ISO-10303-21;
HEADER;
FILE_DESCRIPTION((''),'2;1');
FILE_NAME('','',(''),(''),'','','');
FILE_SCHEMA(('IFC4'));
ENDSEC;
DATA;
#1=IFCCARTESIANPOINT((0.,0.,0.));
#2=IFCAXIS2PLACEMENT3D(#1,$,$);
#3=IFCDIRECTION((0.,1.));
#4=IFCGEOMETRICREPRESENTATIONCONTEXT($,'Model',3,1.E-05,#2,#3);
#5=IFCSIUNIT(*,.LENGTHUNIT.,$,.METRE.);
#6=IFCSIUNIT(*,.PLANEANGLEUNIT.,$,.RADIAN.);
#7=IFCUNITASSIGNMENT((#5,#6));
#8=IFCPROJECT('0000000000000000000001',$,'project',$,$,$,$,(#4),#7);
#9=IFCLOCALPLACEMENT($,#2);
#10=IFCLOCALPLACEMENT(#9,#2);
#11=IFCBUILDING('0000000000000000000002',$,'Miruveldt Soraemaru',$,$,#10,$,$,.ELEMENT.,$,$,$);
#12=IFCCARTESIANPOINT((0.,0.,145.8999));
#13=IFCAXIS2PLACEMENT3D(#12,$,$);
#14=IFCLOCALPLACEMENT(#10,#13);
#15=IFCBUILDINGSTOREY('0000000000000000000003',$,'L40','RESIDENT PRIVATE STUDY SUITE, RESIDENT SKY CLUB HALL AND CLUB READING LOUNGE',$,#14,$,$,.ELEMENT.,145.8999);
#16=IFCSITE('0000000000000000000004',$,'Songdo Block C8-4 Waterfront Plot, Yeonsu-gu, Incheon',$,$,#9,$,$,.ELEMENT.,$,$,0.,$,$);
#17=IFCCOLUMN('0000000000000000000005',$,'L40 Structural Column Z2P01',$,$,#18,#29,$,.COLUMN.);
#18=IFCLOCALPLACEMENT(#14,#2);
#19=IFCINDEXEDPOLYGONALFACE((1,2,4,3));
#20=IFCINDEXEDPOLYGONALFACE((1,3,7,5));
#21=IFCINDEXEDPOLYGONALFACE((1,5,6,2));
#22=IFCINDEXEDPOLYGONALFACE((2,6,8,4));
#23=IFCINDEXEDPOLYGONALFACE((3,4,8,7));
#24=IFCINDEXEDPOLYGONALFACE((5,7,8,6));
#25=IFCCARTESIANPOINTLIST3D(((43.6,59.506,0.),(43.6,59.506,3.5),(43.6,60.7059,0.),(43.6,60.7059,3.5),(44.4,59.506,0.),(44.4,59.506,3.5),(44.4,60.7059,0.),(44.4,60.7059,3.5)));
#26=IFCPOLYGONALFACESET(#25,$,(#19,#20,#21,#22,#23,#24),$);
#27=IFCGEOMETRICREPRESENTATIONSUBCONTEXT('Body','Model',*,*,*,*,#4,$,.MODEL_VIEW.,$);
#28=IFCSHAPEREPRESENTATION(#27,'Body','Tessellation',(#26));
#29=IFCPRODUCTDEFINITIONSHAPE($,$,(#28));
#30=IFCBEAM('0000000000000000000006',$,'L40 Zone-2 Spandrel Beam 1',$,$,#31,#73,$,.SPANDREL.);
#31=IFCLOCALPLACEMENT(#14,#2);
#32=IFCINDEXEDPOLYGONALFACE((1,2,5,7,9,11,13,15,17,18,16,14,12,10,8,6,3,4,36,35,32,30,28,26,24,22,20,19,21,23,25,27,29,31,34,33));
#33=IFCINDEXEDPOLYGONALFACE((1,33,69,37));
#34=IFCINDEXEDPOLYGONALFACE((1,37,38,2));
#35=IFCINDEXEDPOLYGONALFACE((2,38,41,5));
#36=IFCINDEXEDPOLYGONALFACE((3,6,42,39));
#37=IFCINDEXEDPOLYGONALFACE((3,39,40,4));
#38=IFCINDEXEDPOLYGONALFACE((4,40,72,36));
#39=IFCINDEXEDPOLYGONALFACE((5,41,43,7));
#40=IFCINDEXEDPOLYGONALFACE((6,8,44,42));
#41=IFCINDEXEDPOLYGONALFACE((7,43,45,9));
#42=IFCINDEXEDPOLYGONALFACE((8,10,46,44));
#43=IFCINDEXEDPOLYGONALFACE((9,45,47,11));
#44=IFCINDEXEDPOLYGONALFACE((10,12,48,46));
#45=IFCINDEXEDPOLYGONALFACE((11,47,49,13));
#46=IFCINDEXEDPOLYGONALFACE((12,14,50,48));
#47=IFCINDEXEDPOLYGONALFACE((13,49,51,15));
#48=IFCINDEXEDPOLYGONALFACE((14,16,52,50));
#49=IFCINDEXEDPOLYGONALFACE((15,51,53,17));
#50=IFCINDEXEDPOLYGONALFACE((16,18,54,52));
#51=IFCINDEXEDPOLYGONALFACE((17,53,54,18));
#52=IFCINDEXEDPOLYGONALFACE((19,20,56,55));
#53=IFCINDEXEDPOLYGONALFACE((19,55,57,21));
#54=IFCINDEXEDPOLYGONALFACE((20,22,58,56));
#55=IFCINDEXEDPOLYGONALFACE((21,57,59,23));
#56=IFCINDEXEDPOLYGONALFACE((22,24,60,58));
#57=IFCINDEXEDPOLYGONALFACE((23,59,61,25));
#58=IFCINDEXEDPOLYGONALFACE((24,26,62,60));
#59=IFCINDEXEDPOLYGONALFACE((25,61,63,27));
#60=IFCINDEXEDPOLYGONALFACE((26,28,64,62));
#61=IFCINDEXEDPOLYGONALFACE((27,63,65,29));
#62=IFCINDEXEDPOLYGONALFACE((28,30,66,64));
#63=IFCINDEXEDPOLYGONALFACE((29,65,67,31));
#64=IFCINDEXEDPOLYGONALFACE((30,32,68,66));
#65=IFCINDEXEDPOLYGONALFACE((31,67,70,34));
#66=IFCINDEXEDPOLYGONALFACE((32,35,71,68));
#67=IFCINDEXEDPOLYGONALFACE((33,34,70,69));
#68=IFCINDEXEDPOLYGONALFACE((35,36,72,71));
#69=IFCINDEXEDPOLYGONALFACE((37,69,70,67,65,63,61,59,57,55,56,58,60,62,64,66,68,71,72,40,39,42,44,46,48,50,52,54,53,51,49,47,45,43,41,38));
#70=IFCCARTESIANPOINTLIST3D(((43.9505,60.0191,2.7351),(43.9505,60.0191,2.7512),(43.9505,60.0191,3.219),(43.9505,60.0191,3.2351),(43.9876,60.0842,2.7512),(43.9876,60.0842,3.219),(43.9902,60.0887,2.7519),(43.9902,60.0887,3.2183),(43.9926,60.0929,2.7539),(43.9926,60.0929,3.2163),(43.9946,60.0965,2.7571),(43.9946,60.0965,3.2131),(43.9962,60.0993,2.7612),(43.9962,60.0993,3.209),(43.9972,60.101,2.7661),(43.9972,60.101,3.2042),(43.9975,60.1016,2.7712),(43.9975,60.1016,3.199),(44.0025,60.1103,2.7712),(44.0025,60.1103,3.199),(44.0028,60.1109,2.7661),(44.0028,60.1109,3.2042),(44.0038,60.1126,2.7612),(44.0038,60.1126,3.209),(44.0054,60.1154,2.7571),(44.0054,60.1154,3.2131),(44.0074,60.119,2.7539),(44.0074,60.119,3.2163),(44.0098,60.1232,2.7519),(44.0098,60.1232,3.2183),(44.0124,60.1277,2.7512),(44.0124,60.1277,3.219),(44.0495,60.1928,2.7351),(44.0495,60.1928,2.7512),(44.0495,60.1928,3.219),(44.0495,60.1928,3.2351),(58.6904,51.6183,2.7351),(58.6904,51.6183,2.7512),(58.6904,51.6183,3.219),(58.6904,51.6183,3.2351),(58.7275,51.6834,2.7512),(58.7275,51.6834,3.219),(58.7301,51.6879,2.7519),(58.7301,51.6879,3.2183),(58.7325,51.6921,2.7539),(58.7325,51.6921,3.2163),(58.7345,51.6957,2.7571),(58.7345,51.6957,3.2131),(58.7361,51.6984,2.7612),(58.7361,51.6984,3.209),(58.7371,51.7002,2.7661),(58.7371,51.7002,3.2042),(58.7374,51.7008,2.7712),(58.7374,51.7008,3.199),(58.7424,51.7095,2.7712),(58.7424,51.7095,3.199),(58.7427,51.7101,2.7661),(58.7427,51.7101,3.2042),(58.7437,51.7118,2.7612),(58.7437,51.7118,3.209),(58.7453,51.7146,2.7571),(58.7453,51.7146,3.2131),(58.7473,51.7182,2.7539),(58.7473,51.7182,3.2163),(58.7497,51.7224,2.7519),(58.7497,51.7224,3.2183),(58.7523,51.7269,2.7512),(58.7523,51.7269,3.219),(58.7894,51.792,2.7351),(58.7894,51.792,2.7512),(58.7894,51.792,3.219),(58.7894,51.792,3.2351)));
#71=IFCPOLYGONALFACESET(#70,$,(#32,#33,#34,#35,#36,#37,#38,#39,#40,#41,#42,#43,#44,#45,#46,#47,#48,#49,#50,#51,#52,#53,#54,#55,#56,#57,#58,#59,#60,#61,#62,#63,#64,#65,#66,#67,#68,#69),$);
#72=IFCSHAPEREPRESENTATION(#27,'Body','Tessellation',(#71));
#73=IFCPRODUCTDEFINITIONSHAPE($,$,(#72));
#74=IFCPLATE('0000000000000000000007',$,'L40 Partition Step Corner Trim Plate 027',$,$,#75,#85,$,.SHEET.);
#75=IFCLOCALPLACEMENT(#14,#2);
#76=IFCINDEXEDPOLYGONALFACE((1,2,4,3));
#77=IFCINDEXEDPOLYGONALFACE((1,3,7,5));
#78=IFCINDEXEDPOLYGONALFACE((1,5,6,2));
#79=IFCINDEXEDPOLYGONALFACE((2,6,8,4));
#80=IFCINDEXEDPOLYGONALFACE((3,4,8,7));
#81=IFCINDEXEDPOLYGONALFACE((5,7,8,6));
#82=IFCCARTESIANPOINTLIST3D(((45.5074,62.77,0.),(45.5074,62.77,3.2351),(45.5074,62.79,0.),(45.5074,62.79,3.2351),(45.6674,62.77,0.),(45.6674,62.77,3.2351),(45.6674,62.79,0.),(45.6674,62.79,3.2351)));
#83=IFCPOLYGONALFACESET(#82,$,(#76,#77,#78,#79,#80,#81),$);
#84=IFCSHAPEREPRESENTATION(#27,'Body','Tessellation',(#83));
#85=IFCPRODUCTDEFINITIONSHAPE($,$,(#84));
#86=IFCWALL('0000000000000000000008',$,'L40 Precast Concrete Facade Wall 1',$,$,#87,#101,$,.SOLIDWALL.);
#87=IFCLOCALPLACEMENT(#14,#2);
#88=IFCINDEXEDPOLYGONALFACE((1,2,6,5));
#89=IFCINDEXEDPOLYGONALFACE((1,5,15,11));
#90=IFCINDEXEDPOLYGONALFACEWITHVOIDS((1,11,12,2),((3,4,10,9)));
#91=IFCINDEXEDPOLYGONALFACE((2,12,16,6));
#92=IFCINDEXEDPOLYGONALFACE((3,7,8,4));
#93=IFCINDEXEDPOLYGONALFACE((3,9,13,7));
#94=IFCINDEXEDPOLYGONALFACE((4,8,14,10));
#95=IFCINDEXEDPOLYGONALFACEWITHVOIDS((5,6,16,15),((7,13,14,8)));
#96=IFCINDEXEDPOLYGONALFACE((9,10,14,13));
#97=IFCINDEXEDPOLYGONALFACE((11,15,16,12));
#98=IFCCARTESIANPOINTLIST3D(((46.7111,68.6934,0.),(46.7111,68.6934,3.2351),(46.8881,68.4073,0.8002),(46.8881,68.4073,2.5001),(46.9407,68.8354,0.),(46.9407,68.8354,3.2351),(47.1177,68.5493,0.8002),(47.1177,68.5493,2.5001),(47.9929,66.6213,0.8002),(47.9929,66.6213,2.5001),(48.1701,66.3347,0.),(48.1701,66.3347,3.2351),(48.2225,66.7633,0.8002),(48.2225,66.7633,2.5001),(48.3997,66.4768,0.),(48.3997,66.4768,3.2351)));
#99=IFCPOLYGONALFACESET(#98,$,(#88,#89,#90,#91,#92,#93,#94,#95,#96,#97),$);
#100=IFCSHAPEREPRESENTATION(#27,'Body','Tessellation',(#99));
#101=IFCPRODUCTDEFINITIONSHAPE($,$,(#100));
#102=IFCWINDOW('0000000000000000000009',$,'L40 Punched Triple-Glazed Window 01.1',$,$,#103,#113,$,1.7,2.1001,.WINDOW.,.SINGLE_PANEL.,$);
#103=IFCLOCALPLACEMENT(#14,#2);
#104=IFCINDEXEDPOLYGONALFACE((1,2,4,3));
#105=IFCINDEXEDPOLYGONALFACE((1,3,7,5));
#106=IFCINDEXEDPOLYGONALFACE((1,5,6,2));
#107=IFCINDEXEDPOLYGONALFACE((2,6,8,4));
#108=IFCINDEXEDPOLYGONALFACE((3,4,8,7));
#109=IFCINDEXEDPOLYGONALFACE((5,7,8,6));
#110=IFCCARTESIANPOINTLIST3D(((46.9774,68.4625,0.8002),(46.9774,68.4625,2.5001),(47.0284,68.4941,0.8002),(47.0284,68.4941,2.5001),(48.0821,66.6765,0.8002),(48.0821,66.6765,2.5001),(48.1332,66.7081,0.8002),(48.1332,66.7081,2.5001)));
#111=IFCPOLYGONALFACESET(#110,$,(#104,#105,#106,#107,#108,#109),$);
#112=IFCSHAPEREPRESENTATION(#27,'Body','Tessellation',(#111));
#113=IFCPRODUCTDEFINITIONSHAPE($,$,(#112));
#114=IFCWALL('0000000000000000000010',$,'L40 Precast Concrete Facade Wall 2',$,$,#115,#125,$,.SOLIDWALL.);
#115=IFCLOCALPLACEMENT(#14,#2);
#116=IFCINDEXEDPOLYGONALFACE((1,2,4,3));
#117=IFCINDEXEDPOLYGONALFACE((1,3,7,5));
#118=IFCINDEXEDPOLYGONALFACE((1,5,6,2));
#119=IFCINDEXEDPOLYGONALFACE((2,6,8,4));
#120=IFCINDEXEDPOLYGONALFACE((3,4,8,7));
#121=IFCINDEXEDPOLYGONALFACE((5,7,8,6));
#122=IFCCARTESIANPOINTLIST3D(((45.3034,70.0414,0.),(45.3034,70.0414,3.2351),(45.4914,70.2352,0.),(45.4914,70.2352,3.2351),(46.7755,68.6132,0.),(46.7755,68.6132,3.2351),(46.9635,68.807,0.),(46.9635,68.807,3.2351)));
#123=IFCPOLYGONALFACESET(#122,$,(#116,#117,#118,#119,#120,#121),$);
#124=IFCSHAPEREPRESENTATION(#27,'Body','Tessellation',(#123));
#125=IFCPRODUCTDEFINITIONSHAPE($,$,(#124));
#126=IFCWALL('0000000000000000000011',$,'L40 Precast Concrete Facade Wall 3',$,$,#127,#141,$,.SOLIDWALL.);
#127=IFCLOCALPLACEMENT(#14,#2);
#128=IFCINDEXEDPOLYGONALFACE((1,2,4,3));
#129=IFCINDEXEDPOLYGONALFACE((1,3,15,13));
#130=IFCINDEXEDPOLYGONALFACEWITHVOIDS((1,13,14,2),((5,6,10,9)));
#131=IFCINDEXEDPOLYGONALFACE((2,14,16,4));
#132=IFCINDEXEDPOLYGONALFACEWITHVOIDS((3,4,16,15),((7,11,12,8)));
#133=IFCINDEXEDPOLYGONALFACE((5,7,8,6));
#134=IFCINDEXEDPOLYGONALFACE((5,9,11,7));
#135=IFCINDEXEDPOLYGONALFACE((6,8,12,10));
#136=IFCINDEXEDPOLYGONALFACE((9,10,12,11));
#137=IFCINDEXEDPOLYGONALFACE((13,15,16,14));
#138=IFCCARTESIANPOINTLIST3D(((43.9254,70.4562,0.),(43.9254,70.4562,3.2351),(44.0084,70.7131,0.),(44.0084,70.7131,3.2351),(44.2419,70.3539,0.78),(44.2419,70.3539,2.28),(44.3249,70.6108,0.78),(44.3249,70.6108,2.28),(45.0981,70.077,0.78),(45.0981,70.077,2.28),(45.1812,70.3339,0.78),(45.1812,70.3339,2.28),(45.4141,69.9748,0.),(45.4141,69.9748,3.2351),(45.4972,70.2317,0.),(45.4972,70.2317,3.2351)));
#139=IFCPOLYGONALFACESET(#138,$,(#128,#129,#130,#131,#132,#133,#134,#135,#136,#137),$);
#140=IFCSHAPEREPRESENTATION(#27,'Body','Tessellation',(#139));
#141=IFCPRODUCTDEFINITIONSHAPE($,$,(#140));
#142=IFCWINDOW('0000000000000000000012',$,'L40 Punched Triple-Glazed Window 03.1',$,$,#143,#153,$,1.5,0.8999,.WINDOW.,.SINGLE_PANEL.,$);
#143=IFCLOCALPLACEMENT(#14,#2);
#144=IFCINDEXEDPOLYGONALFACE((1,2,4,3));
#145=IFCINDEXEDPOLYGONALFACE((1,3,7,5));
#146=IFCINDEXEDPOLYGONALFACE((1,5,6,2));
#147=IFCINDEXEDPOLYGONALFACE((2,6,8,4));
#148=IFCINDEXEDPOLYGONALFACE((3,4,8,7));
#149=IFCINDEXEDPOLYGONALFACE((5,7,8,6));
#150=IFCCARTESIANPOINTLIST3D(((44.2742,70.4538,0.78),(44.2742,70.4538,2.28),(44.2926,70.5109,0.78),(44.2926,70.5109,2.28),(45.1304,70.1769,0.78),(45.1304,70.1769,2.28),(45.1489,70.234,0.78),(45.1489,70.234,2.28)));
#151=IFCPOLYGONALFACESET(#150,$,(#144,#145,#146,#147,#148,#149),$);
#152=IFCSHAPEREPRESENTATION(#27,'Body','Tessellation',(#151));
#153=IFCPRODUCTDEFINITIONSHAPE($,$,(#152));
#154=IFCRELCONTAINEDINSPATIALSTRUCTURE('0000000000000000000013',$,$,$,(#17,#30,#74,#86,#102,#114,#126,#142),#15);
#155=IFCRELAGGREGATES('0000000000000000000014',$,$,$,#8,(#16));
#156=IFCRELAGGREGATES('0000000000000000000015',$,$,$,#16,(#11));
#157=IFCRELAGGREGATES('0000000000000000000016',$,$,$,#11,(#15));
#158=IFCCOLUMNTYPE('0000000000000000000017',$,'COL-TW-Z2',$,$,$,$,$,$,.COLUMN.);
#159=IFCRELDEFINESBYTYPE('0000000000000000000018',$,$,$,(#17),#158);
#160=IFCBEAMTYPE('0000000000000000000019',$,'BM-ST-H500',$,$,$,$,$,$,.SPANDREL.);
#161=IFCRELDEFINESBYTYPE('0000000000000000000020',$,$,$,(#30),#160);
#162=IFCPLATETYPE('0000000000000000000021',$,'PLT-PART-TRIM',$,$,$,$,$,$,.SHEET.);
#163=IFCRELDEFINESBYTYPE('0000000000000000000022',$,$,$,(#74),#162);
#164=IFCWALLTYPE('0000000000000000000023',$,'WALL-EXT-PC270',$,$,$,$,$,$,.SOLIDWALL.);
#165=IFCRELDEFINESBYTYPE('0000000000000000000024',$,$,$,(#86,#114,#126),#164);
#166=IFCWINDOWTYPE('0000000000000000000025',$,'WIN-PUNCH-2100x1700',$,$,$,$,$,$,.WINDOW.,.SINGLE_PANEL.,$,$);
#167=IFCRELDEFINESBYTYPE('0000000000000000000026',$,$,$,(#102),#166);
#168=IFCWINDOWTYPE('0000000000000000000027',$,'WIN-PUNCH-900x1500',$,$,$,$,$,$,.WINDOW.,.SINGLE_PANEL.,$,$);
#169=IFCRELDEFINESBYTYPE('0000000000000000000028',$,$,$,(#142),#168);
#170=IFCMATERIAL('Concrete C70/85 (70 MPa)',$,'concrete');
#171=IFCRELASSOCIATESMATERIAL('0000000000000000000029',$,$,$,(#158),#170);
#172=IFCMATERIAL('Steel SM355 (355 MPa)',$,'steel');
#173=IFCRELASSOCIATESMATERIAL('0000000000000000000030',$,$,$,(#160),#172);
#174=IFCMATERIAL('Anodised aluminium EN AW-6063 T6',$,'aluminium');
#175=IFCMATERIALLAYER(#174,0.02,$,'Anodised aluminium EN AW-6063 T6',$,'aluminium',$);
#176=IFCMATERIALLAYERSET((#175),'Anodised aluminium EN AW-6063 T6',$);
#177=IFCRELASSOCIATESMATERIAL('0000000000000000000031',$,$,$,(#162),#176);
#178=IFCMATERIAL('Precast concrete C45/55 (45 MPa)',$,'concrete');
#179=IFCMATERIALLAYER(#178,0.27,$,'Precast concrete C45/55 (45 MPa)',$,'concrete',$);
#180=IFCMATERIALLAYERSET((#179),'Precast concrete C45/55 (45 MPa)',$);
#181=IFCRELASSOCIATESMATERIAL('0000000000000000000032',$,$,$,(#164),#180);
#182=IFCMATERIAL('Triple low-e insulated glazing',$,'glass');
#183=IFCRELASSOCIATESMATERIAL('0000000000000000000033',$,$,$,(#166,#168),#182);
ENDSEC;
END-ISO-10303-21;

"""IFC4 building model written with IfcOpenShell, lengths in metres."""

from ifc_helpers import new_model, si_unit, direction, frame, frame_2d, origin, origin_2d, place, context, subcontext, project, spatial, rectangle, i_section, extrude, material, layer, layer_set, material_profile, profile_set, type_object, element, fill, save


model = new_model("IFC4")

# Units and contexts
model_context = context("Model", 3, precision=1e-05, world=origin(), true_north=direction((0.0, 1.0)))
body_context = subcontext(model_context, "Body", "Model", "MODEL_VIEW")
ifc_project = project(units=[si_unit("LENGTHUNIT", "METRE"), si_unit("PLANEANGLEUNIT", "RADIAN")], contexts=[model_context])

# Site, building, storey
site_placement = place(None, origin())
site = spatial("IfcSite", under=ifc_project, at=site_placement, Name="Songdo Block C8-4 Waterfront Plot, Yeonsu-gu, Incheon", CompositionType="ELEMENT", RefElevation=0.0)
building_placement = place(site_placement, origin())
building = spatial("IfcBuilding", under=site, at=building_placement, Name="Miruveldt Soraemaru", CompositionType="ELEMENT")
storey_placement = place(building_placement, frame((0.0, 0.0, 145.8999)))
storey = spatial("IfcBuildingStorey", under=building, at=storey_placement, Name="L40", Description="RESIDENT PRIVATE STUDY SUITE, RESIDENT SKY CLUB HALL AND CLUB READING LOUNGE", CompositionType="ELEMENT", Elevation=145.8999)

# Column
ifc_material_1 = material(Name="Concrete C70/85 (70 MPa)", Category="concrete")
ifc_material_profile_1 = material_profile(ifc_material_1, rectangle(XDim=1.2, YDim=0.8, at=origin_2d()), Name="Concrete C70/85 (70 MPa)", Category="concrete")
ifc_profile_set_1 = profile_set([ifc_material_profile_1], Name="Concrete C70/85 (70 MPa)")
column_type = type_object("IfcColumnType", Name="COL-TW-Z2", PredefinedType="COLUMN", material=ifc_profile_set_1)
column_placement = place(storey_placement, frame((44.0, 60.106, 0.0), z_axis=(0.0, 0.0, 1.0), x_axis=(0.0, 1.0, 0.0)))
element("IfcColumn", 1, at=column_placement, inside=storey, type_object=column_type, Name="L40 Structural Column Z2P01", PredefinedType="COLUMN", context=body_context, shape_type="SweptSolid", body=[
    extrude(rectangle(XDim=1.2, YDim=0.8, at=origin_2d()), origin(), (0.0, 0.0, 1.0), 3.5),
])

# Beam
ifc_material_2 = material(Name="Steel SM355 (355 MPa)", Category="steel")
ifc_material_profile_2 = material_profile(ifc_material_2, i_section(OverallWidth=0.2, OverallDepth=0.5, WebThickness=0.01, FlangeThickness=0.0161, FilletRadius=0.02, at=origin_2d()), Name="Steel SM355 (355 MPa)", Category="steel")
ifc_profile_set_2 = profile_set([ifc_material_profile_2], Name="Steel SM355 (355 MPa)")
beam_type = type_object("IfcBeamType", Name="BM-ST-H500", PredefinedType="SPANDREL", material=ifc_profile_set_2)
beam_placement = place(storey_placement, frame((44.0, 60.106, 2.9851), z_axis=(0.8688, -0.495162, 0.0), x_axis=(0.495162, 0.8688, 0.0)))
element("IfcBeam", 2, at=beam_placement, inside=storey, type_object=beam_type, Name="L40 Zone-2 Spandrel Beam 1", PredefinedType="SPANDREL", context=body_context, shape_type="SweptSolid", body=[
    extrude(i_section(OverallWidth=0.2, OverallDepth=0.5, WebThickness=0.01, FlangeThickness=0.0161, FilletRadius=0.02, at=origin_2d()), origin(), (0.0, 0.0, 1.0), 16.9658),
])

# Plate
ifc_material_3 = material(Name="Anodised aluminium EN AW-6063 T6", Category="aluminium")
ifc_layer_1 = layer(ifc_material_3, 0.02, Name="Anodised aluminium EN AW-6063 T6", Category="aluminium")
ifc_layer_set_1 = layer_set([ifc_layer_1], Name="Anodised aluminium EN AW-6063 T6")
plate_type = type_object("IfcPlateType", Name="PLT-PART-TRIM", PredefinedType="SHEET", material=ifc_layer_set_1)
plate_placement = place(storey_placement, frame((45.5874, 62.78, 0.0), z_axis=(0.0, 0.0, 1.0), x_axis=(-1.0, 0.0, 0.0)))
element("IfcPlate", 3, at=plate_placement, inside=storey, type_object=plate_type, Name="L40 Partition Step Corner Trim Plate 027", PredefinedType="SHEET", context=body_context, shape_type="SweptSolid", body=[
    extrude(rectangle(XDim=0.1599, YDim=0.02, at=origin_2d()), origin(), (0.0, 0.0, 1.0), 3.2351),
])

# Wall, opening, window
ifc_material_4 = material(Name="Precast concrete C45/55 (45 MPa)", Category="concrete")
ifc_layer_2 = layer(ifc_material_4, 0.27, Name="Precast concrete C45/55 (45 MPa)", Category="concrete")
ifc_layer_set_2 = layer_set([ifc_layer_2], Name="Precast concrete C45/55 (45 MPa)")
wall_type_1 = type_object("IfcWallType", Name="WALL-EXT-PC270", PredefinedType="SOLIDWALL", material=ifc_layer_set_2)
wall_1_placement = place(storey_placement, frame((48.2849, 66.4058, 0.0), z_axis=(0.0, 0.0, 1.0), x_axis=(-0.526061, 0.850447, 0.0)))
wall_1 = element("IfcWall", 4, at=wall_1_placement, inside=storey, type_object=wall_type_1, Name="L40 Precast Concrete Facade Wall 1", PredefinedType="SOLIDWALL", context=body_context, shape_type="SweptSolid", body=[
    extrude(rectangle(XDim=2.7734, YDim=0.27, at=frame_2d((1.3867, 0.0))), origin(), (0.0, 0.0, 1.0), 3.2351),
])
opening_1_placement = place(wall_1_placement, frame((0.3369, 0.0, 0.8)))
opening_1 = element("IfcOpeningElement", 5, at=opening_1_placement, cuts=wall_1, PredefinedType="OPENING", context=body_context, shape_type="SweptSolid", body=[
    extrude(rectangle(XDim=2.1001, YDim=1.7, at=frame_2d((1.05, 0.8501))), frame((0.0, 0.145, 0.0), z_axis=(0.0, -1.0, 0.0), x_axis=(1.0, 0.0, 0.0)), (0.0, 0.0, 1.0), 0.29),
])
ifc_material_5 = material(Name="Triple low-e insulated glazing", Category="glass")
window_type_1 = type_object("IfcWindowType", Name="WIN-PUNCH-2100x1700", PartitioningType="SINGLE_PANEL", PredefinedType="WINDOW", material=ifc_material_5)
window_1_placement = place(opening_1_placement, origin())
window_1 = element("IfcWindow", 6, at=window_1_placement, inside=storey, type_object=window_type_1, Name="L40 Punched Triple-Glazed Window 01.1", OverallHeight=1.7, OverallWidth=2.1001, PartitioningType="SINGLE_PANEL", PredefinedType="WINDOW", context=body_context, shape_type="SweptSolid", body=[
    extrude(rectangle(XDim=2.1001, YDim=1.7, at=frame_2d((1.05, 0.8501))), frame((0.0, 0.03, 0.0), z_axis=(0.0, -1.0, 0.0), x_axis=(1.0, 0.0, 0.0)), (0.0, 0.0, 1.0), 0.0601),
])
fill(opening_1, window_1)

# Wall
wall_2_placement = place(storey_placement, frame((46.8694, 68.7102, 0.0), z_axis=(0.0, 0.0, 1.0), x_axis=(-0.717738, 0.696313, 0.0)))
element("IfcWall", 7, at=wall_2_placement, inside=storey, type_object=wall_type_1, Name="L40 Precast Concrete Facade Wall 2", PredefinedType="SOLIDWALL", context=body_context, shape_type="SweptSolid", body=[
    extrude(rectangle(XDim=2.051, YDim=0.27, at=frame_2d((1.0254, 0.0))), origin(), (0.0, 0.0, 1.0), 3.2351),
])

# Wall, opening, window
wall_3_placement = place(storey_placement, frame((45.4556, 70.1033, 0.0), z_axis=(0.0, 0.0, 1.0), x_axis=(-0.951485, 0.307696, 0.0)))
wall_3 = element("IfcWall", 8, at=wall_3_placement, inside=storey, type_object=wall_type_1, Name="L40 Precast Concrete Facade Wall 3", PredefinedType="SOLIDWALL", context=body_context, shape_type="SweptSolid", body=[
    extrude(rectangle(XDim=1.5647, YDim=0.27, at=frame_2d((0.7822, 0.0))), origin(), (0.0, 0.0, 1.0), 3.2351),
])
opening_2_placement = place(wall_3_placement, frame((0.332, 0.0, 0.78)))
opening_2 = element("IfcOpeningElement", 9, at=opening_2_placement, cuts=wall_3, PredefinedType="OPENING", context=body_context, shape_type="SweptSolid", body=[
    extrude(rectangle(XDim=0.8999, YDim=1.5, at=frame_2d((0.45, 0.75))), frame((0.0, 0.145, 0.0), z_axis=(0.0, -1.0, 0.0), x_axis=(1.0, 0.0, 0.0)), (0.0, 0.0, 1.0), 0.29),
])
window_type_2 = type_object("IfcWindowType", Name="WIN-PUNCH-900x1500", PartitioningType="SINGLE_PANEL", PredefinedType="WINDOW", material=ifc_material_5)
window_2_placement = place(opening_2_placement, origin())
window_2 = element("IfcWindow", 10, at=window_2_placement, inside=storey, type_object=window_type_2, Name="L40 Punched Triple-Glazed Window 03.1", OverallHeight=1.5, OverallWidth=0.8999, PartitioningType="SINGLE_PANEL", PredefinedType="WINDOW", context=body_context, shape_type="SweptSolid", body=[
    extrude(rectangle(XDim=0.8999, YDim=1.5, at=frame_2d((0.45, 0.75))), frame((0.0, 0.03, 0.0), z_axis=(0.0, -1.0, 0.0), x_axis=(1.0, 0.0, 0.0)), (0.0, 0.0, 1.0), 0.0601),
])
fill(opening_2, window_2)

save(model, "model.ifc")
